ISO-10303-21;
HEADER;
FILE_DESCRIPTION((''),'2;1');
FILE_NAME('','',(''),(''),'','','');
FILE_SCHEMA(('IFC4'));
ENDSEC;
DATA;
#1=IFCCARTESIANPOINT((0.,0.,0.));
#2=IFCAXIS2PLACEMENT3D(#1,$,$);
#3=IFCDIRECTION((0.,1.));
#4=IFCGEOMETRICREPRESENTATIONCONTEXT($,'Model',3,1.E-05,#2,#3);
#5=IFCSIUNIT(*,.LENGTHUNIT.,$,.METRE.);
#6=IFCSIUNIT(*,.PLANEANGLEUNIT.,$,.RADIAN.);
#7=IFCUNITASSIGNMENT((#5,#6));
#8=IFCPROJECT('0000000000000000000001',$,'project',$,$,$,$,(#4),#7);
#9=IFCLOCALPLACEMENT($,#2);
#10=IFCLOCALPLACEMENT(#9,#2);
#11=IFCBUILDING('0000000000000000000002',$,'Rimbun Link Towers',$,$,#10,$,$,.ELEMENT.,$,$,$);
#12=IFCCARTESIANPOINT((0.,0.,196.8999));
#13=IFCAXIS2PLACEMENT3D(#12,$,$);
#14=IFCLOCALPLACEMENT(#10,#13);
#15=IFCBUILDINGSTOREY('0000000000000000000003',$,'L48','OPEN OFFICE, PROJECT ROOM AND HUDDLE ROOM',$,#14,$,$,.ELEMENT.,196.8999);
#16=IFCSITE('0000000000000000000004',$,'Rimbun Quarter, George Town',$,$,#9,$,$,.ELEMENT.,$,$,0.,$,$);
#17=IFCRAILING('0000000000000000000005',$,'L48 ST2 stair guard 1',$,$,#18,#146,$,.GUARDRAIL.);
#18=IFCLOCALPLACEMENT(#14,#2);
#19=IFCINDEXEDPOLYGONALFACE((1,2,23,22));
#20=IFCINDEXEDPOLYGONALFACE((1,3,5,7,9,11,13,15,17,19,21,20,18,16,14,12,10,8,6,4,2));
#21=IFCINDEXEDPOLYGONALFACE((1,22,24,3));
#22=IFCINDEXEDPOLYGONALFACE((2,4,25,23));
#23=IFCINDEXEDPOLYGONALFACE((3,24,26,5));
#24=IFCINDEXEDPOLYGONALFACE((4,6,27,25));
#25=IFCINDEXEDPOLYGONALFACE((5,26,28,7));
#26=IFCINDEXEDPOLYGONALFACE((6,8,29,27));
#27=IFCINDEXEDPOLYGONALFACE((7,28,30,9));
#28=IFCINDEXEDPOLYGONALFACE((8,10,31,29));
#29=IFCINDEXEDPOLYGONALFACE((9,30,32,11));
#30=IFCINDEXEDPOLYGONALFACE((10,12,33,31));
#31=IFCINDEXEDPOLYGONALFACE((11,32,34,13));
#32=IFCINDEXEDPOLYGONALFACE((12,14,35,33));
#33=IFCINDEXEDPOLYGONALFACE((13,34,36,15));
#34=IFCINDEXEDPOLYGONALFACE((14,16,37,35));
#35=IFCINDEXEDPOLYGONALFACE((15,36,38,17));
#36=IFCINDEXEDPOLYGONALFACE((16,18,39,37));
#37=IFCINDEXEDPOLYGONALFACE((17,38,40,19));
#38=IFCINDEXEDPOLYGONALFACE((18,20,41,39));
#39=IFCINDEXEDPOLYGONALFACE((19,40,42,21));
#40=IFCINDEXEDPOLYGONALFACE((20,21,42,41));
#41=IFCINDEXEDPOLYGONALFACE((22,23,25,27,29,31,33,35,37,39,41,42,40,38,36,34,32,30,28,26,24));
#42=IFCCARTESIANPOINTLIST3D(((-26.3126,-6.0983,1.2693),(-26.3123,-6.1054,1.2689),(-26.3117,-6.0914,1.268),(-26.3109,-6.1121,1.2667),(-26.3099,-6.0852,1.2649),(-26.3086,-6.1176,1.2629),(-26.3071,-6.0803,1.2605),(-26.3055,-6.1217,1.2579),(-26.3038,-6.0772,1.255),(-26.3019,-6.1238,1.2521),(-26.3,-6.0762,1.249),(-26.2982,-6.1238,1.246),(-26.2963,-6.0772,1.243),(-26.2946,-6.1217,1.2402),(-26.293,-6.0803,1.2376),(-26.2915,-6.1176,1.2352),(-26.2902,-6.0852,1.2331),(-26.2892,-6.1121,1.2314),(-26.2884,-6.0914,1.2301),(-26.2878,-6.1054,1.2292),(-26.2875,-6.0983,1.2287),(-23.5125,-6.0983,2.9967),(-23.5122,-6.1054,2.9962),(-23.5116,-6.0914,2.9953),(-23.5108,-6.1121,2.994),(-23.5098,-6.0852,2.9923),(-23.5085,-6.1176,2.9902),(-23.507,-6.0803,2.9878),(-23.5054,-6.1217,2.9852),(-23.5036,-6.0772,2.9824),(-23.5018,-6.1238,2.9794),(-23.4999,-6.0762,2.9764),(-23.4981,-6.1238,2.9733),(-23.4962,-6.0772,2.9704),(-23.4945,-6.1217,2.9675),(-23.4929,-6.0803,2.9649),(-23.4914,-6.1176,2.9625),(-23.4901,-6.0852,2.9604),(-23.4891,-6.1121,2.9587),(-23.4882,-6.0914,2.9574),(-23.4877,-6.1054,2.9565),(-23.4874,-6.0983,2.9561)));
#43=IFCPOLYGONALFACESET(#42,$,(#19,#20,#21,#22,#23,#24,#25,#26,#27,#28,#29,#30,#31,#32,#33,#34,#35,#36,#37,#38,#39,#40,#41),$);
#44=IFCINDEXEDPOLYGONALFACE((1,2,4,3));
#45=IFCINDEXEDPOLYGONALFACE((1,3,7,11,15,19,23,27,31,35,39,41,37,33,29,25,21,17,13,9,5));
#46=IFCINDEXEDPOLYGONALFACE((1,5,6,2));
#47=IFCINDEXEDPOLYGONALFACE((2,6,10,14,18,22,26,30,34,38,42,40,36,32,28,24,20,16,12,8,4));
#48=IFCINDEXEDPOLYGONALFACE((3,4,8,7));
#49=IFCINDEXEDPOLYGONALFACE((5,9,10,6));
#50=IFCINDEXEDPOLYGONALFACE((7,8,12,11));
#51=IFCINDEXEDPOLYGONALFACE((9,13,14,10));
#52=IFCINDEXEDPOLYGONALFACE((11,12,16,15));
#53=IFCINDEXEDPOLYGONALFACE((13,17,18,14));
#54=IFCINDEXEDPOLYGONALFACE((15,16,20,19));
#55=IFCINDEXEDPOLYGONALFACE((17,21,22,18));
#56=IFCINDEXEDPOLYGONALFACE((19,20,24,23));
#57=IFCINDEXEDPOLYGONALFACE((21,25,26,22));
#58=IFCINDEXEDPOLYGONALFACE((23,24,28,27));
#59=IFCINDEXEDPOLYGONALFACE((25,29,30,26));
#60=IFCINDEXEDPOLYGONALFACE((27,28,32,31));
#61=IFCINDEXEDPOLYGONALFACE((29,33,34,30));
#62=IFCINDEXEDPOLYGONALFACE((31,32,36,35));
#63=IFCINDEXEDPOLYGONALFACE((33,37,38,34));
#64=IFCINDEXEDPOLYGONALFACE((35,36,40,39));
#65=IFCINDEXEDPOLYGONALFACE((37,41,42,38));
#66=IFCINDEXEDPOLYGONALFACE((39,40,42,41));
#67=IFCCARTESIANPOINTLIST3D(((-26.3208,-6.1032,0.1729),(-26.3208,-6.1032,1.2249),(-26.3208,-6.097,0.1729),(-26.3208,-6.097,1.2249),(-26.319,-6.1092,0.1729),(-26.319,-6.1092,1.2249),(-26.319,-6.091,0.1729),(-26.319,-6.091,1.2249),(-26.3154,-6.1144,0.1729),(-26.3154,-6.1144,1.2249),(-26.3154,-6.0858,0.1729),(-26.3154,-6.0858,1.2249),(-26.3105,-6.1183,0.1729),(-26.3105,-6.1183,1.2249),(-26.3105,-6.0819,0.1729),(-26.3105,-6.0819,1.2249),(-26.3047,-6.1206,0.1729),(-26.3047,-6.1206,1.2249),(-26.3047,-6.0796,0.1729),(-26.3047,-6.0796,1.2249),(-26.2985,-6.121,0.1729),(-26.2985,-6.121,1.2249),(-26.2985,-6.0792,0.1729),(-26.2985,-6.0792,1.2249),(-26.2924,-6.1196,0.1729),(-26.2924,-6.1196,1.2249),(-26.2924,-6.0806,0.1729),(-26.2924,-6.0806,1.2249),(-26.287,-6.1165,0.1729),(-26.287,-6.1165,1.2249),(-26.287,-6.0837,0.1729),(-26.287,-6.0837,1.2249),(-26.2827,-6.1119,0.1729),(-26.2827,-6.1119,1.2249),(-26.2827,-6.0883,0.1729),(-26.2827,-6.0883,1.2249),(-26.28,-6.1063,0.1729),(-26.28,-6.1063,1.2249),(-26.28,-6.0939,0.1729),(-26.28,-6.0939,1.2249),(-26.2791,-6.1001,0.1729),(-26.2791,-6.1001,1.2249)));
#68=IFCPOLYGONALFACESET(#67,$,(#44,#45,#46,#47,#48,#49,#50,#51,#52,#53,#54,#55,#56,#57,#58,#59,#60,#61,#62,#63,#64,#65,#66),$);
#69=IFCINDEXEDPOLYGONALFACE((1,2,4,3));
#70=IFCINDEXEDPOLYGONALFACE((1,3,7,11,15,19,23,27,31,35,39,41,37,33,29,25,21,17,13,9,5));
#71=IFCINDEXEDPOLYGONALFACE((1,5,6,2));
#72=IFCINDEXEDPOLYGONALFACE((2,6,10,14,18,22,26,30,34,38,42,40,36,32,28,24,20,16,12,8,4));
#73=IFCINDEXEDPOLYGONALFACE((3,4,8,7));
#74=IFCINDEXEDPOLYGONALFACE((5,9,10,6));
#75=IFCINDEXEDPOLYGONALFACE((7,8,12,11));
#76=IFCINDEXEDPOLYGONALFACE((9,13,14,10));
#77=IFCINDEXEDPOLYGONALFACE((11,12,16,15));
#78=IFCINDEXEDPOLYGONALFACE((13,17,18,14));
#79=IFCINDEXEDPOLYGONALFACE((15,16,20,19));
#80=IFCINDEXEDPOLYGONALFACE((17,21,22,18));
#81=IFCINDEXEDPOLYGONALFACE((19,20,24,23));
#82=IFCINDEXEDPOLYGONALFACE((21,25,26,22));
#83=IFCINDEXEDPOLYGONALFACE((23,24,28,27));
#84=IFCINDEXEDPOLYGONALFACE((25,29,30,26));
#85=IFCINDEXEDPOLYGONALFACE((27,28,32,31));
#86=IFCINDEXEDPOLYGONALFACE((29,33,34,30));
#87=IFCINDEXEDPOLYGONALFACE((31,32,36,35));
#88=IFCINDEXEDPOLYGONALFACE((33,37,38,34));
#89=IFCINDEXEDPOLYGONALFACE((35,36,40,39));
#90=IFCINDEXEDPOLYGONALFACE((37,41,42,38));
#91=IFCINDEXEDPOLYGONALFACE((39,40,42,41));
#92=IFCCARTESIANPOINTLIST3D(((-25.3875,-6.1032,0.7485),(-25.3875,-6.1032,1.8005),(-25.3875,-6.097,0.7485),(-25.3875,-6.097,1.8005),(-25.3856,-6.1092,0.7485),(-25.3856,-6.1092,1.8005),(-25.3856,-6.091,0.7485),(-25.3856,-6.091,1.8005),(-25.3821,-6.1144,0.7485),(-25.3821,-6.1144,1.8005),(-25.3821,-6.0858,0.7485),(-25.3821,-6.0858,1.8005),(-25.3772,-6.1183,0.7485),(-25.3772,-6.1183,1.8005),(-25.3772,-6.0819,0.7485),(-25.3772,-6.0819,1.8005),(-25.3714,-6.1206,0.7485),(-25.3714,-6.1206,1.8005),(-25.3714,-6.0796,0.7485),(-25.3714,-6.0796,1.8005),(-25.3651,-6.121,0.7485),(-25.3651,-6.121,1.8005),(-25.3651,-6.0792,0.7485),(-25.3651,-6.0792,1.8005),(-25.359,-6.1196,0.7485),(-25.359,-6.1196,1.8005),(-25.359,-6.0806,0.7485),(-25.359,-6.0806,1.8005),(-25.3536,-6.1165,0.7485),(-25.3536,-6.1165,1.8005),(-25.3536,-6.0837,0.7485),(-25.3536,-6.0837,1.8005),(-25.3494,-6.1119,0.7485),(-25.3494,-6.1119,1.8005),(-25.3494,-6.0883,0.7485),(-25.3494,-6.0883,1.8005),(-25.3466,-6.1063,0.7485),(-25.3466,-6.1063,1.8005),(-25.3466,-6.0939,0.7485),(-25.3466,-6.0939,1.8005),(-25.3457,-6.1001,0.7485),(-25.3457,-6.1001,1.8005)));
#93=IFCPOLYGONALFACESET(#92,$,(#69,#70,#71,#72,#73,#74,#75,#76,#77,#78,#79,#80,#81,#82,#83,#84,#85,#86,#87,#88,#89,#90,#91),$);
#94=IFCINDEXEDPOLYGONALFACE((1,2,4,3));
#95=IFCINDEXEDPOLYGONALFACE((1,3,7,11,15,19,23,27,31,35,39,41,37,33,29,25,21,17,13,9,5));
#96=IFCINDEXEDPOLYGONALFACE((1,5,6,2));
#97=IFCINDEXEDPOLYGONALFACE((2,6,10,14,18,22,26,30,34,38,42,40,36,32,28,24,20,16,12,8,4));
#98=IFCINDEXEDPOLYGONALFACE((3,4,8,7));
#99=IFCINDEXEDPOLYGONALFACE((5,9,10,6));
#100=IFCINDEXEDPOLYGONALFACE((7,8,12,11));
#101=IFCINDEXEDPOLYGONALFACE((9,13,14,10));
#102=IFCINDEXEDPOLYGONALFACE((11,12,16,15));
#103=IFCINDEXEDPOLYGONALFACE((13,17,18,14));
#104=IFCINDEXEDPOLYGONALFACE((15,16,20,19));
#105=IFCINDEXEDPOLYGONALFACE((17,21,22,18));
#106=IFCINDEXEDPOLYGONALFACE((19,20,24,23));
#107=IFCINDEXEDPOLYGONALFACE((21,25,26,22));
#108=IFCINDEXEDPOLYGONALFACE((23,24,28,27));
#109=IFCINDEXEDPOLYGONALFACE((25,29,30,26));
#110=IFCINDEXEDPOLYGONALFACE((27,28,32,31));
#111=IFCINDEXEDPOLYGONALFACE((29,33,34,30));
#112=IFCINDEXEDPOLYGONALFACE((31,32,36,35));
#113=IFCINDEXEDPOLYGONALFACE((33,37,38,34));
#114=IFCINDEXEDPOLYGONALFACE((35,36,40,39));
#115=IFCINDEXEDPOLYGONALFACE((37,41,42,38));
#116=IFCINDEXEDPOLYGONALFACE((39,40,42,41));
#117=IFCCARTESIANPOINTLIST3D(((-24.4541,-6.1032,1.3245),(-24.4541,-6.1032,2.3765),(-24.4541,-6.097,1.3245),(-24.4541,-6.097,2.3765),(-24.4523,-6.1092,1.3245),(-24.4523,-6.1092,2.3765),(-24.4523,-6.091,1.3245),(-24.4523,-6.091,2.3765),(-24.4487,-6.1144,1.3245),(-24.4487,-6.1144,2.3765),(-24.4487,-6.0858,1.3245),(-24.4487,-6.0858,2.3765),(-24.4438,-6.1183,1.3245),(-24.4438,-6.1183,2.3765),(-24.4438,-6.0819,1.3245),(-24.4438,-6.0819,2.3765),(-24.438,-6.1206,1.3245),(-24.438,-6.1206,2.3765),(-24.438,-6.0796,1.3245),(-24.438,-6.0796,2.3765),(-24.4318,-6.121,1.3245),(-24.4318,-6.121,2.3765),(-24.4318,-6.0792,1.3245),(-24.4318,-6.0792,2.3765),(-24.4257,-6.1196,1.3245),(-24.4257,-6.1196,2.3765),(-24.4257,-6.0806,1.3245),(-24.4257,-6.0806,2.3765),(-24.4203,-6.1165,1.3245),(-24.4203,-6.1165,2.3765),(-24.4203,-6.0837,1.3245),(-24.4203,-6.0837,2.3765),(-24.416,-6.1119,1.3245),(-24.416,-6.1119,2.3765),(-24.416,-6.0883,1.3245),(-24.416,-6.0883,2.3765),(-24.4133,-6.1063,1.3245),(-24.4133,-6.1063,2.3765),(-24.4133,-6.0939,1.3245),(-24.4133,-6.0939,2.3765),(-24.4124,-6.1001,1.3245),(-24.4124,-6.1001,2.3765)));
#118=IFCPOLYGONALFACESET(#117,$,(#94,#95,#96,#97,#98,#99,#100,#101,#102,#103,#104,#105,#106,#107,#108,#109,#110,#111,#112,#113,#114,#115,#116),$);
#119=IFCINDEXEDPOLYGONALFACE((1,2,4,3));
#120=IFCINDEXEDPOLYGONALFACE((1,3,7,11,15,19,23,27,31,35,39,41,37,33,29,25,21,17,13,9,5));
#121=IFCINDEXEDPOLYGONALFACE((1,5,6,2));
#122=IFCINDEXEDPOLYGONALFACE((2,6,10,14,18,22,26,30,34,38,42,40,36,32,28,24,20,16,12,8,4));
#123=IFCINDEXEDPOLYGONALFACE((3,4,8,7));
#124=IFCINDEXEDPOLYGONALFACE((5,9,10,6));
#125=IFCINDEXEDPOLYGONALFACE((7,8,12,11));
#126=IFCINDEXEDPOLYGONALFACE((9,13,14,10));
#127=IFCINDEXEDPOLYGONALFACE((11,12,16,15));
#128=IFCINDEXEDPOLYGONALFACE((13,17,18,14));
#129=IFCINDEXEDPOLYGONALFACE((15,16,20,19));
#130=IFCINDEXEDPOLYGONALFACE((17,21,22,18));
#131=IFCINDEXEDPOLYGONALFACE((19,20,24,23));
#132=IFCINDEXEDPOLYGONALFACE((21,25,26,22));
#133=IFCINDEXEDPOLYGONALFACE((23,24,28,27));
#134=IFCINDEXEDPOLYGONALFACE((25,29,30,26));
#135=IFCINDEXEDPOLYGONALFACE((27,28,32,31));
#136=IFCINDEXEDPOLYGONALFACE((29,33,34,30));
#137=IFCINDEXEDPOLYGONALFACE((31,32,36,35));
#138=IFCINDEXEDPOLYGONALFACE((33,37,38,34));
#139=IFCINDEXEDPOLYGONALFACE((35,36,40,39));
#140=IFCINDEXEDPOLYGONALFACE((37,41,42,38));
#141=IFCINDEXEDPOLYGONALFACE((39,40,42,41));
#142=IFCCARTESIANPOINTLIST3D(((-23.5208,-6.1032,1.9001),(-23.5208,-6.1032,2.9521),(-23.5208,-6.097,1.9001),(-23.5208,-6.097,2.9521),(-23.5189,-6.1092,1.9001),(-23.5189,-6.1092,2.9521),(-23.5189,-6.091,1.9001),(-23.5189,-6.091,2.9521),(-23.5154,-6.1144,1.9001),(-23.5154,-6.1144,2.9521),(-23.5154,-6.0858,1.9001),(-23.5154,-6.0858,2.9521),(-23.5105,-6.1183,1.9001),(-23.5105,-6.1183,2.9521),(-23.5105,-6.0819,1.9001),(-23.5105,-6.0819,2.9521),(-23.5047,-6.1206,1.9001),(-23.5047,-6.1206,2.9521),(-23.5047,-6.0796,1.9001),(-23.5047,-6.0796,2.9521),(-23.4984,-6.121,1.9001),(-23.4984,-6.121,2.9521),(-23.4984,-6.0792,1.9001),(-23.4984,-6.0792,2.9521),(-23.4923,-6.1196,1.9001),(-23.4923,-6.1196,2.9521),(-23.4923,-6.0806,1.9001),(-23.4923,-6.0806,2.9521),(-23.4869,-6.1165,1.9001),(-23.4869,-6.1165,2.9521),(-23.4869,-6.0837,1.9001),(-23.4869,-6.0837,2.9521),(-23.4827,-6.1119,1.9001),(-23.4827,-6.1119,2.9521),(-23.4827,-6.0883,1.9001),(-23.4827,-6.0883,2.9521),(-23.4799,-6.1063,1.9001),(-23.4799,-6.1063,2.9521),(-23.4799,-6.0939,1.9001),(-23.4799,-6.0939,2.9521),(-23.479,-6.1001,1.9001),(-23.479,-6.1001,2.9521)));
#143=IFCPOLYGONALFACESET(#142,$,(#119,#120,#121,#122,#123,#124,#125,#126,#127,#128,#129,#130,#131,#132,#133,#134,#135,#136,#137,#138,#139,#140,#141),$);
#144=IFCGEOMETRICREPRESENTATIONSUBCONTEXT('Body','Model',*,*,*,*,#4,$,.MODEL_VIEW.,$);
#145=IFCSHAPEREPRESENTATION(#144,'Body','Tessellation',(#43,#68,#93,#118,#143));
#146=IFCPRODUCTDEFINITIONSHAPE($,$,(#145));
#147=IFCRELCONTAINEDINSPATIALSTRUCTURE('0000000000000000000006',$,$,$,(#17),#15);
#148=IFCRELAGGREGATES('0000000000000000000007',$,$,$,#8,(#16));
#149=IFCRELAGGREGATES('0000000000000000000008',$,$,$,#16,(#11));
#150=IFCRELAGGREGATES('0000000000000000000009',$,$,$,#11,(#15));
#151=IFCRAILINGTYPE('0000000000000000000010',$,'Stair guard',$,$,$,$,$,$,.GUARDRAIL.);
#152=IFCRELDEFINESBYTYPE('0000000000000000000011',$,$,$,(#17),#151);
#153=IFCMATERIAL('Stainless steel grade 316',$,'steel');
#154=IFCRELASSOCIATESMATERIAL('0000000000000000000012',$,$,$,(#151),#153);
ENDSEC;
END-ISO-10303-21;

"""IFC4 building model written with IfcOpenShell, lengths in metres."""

from ifc_helpers import new_model, si_unit, direction, frame, origin, origin_2d, place, context, subcontext, project, spatial, circle, extrude, material, type_object, element, save


model = new_model("IFC4")

# Units and contexts
model_context = context("Model", 3, precision=1e-05, world=origin(), true_north=direction((0.0, 1.0)))
body_context = subcontext(model_context, "Body", "Model", "MODEL_VIEW")
ifc_project = project(units=[si_unit("LENGTHUNIT", "METRE"), si_unit("PLANEANGLEUNIT", "RADIAN")], contexts=[model_context])

# Site, building, storey
site_placement = place(None, origin())
site = spatial("IfcSite", under=ifc_project, at=site_placement, Name="Rimbun Quarter, George Town", CompositionType="ELEMENT", RefElevation=0.0)
building_placement = place(site_placement, origin())
building = spatial("IfcBuilding", under=site, at=building_placement, Name="Rimbun Link Towers", CompositionType="ELEMENT")
storey_placement = place(building_placement, frame((0.0, 0.0, 196.8999)))
storey = spatial("IfcBuildingStorey", under=building, at=storey_placement, Name="L48", Description="OPEN OFFICE, PROJECT ROOM AND HUDDLE ROOM", CompositionType="ELEMENT", Elevation=196.8999)

# Railing
ifc_material_1 = material(Name="Stainless steel grade 316", Category="steel")
railing_type_1 = type_object("IfcRailingType", Name="Stair guard", PredefinedType="GUARDRAIL", material=ifc_material_1)
railing_1_placement = place(storey_placement, frame((-26.3, -6.1001, 0.1729)))
element("IfcRailing", 1, at=railing_1_placement, inside=storey, type_object=railing_type_1, Name="L48 ST2 stair guard 1", PredefinedType="GUARDRAIL", context=body_context, shape_type="SweptSolid", body=[
    extrude(circle(Radius=0.0239, at=origin_2d()), frame((0.0, 0.0, 1.0762), z_axis=(0.85109, 0.0, 0.52502), x_axis=(0.0, 1.0, 0.0)), (0.0, 0.0, 1.0), 3.29),
    extrude(circle(Radius=0.021, at=origin_2d()), origin(), (0.0, 0.0, 1.0), 1.052),
    extrude(circle(Radius=0.021, at=origin_2d()), frame((0.9333, 0.0, 0.5757)), (0.0, 0.0, 1.0), 1.052),
    extrude(circle(Radius=0.021, at=origin_2d()), frame((1.8667, 0.0, 1.1516)), (0.0, 0.0, 1.0), 1.052),
    extrude(circle(Radius=0.021, at=origin_2d()), frame((2.8, 0.0, 1.7273)), (0.0, 0.0, 1.0), 1.052),
])

save(model, "model.ifc")
